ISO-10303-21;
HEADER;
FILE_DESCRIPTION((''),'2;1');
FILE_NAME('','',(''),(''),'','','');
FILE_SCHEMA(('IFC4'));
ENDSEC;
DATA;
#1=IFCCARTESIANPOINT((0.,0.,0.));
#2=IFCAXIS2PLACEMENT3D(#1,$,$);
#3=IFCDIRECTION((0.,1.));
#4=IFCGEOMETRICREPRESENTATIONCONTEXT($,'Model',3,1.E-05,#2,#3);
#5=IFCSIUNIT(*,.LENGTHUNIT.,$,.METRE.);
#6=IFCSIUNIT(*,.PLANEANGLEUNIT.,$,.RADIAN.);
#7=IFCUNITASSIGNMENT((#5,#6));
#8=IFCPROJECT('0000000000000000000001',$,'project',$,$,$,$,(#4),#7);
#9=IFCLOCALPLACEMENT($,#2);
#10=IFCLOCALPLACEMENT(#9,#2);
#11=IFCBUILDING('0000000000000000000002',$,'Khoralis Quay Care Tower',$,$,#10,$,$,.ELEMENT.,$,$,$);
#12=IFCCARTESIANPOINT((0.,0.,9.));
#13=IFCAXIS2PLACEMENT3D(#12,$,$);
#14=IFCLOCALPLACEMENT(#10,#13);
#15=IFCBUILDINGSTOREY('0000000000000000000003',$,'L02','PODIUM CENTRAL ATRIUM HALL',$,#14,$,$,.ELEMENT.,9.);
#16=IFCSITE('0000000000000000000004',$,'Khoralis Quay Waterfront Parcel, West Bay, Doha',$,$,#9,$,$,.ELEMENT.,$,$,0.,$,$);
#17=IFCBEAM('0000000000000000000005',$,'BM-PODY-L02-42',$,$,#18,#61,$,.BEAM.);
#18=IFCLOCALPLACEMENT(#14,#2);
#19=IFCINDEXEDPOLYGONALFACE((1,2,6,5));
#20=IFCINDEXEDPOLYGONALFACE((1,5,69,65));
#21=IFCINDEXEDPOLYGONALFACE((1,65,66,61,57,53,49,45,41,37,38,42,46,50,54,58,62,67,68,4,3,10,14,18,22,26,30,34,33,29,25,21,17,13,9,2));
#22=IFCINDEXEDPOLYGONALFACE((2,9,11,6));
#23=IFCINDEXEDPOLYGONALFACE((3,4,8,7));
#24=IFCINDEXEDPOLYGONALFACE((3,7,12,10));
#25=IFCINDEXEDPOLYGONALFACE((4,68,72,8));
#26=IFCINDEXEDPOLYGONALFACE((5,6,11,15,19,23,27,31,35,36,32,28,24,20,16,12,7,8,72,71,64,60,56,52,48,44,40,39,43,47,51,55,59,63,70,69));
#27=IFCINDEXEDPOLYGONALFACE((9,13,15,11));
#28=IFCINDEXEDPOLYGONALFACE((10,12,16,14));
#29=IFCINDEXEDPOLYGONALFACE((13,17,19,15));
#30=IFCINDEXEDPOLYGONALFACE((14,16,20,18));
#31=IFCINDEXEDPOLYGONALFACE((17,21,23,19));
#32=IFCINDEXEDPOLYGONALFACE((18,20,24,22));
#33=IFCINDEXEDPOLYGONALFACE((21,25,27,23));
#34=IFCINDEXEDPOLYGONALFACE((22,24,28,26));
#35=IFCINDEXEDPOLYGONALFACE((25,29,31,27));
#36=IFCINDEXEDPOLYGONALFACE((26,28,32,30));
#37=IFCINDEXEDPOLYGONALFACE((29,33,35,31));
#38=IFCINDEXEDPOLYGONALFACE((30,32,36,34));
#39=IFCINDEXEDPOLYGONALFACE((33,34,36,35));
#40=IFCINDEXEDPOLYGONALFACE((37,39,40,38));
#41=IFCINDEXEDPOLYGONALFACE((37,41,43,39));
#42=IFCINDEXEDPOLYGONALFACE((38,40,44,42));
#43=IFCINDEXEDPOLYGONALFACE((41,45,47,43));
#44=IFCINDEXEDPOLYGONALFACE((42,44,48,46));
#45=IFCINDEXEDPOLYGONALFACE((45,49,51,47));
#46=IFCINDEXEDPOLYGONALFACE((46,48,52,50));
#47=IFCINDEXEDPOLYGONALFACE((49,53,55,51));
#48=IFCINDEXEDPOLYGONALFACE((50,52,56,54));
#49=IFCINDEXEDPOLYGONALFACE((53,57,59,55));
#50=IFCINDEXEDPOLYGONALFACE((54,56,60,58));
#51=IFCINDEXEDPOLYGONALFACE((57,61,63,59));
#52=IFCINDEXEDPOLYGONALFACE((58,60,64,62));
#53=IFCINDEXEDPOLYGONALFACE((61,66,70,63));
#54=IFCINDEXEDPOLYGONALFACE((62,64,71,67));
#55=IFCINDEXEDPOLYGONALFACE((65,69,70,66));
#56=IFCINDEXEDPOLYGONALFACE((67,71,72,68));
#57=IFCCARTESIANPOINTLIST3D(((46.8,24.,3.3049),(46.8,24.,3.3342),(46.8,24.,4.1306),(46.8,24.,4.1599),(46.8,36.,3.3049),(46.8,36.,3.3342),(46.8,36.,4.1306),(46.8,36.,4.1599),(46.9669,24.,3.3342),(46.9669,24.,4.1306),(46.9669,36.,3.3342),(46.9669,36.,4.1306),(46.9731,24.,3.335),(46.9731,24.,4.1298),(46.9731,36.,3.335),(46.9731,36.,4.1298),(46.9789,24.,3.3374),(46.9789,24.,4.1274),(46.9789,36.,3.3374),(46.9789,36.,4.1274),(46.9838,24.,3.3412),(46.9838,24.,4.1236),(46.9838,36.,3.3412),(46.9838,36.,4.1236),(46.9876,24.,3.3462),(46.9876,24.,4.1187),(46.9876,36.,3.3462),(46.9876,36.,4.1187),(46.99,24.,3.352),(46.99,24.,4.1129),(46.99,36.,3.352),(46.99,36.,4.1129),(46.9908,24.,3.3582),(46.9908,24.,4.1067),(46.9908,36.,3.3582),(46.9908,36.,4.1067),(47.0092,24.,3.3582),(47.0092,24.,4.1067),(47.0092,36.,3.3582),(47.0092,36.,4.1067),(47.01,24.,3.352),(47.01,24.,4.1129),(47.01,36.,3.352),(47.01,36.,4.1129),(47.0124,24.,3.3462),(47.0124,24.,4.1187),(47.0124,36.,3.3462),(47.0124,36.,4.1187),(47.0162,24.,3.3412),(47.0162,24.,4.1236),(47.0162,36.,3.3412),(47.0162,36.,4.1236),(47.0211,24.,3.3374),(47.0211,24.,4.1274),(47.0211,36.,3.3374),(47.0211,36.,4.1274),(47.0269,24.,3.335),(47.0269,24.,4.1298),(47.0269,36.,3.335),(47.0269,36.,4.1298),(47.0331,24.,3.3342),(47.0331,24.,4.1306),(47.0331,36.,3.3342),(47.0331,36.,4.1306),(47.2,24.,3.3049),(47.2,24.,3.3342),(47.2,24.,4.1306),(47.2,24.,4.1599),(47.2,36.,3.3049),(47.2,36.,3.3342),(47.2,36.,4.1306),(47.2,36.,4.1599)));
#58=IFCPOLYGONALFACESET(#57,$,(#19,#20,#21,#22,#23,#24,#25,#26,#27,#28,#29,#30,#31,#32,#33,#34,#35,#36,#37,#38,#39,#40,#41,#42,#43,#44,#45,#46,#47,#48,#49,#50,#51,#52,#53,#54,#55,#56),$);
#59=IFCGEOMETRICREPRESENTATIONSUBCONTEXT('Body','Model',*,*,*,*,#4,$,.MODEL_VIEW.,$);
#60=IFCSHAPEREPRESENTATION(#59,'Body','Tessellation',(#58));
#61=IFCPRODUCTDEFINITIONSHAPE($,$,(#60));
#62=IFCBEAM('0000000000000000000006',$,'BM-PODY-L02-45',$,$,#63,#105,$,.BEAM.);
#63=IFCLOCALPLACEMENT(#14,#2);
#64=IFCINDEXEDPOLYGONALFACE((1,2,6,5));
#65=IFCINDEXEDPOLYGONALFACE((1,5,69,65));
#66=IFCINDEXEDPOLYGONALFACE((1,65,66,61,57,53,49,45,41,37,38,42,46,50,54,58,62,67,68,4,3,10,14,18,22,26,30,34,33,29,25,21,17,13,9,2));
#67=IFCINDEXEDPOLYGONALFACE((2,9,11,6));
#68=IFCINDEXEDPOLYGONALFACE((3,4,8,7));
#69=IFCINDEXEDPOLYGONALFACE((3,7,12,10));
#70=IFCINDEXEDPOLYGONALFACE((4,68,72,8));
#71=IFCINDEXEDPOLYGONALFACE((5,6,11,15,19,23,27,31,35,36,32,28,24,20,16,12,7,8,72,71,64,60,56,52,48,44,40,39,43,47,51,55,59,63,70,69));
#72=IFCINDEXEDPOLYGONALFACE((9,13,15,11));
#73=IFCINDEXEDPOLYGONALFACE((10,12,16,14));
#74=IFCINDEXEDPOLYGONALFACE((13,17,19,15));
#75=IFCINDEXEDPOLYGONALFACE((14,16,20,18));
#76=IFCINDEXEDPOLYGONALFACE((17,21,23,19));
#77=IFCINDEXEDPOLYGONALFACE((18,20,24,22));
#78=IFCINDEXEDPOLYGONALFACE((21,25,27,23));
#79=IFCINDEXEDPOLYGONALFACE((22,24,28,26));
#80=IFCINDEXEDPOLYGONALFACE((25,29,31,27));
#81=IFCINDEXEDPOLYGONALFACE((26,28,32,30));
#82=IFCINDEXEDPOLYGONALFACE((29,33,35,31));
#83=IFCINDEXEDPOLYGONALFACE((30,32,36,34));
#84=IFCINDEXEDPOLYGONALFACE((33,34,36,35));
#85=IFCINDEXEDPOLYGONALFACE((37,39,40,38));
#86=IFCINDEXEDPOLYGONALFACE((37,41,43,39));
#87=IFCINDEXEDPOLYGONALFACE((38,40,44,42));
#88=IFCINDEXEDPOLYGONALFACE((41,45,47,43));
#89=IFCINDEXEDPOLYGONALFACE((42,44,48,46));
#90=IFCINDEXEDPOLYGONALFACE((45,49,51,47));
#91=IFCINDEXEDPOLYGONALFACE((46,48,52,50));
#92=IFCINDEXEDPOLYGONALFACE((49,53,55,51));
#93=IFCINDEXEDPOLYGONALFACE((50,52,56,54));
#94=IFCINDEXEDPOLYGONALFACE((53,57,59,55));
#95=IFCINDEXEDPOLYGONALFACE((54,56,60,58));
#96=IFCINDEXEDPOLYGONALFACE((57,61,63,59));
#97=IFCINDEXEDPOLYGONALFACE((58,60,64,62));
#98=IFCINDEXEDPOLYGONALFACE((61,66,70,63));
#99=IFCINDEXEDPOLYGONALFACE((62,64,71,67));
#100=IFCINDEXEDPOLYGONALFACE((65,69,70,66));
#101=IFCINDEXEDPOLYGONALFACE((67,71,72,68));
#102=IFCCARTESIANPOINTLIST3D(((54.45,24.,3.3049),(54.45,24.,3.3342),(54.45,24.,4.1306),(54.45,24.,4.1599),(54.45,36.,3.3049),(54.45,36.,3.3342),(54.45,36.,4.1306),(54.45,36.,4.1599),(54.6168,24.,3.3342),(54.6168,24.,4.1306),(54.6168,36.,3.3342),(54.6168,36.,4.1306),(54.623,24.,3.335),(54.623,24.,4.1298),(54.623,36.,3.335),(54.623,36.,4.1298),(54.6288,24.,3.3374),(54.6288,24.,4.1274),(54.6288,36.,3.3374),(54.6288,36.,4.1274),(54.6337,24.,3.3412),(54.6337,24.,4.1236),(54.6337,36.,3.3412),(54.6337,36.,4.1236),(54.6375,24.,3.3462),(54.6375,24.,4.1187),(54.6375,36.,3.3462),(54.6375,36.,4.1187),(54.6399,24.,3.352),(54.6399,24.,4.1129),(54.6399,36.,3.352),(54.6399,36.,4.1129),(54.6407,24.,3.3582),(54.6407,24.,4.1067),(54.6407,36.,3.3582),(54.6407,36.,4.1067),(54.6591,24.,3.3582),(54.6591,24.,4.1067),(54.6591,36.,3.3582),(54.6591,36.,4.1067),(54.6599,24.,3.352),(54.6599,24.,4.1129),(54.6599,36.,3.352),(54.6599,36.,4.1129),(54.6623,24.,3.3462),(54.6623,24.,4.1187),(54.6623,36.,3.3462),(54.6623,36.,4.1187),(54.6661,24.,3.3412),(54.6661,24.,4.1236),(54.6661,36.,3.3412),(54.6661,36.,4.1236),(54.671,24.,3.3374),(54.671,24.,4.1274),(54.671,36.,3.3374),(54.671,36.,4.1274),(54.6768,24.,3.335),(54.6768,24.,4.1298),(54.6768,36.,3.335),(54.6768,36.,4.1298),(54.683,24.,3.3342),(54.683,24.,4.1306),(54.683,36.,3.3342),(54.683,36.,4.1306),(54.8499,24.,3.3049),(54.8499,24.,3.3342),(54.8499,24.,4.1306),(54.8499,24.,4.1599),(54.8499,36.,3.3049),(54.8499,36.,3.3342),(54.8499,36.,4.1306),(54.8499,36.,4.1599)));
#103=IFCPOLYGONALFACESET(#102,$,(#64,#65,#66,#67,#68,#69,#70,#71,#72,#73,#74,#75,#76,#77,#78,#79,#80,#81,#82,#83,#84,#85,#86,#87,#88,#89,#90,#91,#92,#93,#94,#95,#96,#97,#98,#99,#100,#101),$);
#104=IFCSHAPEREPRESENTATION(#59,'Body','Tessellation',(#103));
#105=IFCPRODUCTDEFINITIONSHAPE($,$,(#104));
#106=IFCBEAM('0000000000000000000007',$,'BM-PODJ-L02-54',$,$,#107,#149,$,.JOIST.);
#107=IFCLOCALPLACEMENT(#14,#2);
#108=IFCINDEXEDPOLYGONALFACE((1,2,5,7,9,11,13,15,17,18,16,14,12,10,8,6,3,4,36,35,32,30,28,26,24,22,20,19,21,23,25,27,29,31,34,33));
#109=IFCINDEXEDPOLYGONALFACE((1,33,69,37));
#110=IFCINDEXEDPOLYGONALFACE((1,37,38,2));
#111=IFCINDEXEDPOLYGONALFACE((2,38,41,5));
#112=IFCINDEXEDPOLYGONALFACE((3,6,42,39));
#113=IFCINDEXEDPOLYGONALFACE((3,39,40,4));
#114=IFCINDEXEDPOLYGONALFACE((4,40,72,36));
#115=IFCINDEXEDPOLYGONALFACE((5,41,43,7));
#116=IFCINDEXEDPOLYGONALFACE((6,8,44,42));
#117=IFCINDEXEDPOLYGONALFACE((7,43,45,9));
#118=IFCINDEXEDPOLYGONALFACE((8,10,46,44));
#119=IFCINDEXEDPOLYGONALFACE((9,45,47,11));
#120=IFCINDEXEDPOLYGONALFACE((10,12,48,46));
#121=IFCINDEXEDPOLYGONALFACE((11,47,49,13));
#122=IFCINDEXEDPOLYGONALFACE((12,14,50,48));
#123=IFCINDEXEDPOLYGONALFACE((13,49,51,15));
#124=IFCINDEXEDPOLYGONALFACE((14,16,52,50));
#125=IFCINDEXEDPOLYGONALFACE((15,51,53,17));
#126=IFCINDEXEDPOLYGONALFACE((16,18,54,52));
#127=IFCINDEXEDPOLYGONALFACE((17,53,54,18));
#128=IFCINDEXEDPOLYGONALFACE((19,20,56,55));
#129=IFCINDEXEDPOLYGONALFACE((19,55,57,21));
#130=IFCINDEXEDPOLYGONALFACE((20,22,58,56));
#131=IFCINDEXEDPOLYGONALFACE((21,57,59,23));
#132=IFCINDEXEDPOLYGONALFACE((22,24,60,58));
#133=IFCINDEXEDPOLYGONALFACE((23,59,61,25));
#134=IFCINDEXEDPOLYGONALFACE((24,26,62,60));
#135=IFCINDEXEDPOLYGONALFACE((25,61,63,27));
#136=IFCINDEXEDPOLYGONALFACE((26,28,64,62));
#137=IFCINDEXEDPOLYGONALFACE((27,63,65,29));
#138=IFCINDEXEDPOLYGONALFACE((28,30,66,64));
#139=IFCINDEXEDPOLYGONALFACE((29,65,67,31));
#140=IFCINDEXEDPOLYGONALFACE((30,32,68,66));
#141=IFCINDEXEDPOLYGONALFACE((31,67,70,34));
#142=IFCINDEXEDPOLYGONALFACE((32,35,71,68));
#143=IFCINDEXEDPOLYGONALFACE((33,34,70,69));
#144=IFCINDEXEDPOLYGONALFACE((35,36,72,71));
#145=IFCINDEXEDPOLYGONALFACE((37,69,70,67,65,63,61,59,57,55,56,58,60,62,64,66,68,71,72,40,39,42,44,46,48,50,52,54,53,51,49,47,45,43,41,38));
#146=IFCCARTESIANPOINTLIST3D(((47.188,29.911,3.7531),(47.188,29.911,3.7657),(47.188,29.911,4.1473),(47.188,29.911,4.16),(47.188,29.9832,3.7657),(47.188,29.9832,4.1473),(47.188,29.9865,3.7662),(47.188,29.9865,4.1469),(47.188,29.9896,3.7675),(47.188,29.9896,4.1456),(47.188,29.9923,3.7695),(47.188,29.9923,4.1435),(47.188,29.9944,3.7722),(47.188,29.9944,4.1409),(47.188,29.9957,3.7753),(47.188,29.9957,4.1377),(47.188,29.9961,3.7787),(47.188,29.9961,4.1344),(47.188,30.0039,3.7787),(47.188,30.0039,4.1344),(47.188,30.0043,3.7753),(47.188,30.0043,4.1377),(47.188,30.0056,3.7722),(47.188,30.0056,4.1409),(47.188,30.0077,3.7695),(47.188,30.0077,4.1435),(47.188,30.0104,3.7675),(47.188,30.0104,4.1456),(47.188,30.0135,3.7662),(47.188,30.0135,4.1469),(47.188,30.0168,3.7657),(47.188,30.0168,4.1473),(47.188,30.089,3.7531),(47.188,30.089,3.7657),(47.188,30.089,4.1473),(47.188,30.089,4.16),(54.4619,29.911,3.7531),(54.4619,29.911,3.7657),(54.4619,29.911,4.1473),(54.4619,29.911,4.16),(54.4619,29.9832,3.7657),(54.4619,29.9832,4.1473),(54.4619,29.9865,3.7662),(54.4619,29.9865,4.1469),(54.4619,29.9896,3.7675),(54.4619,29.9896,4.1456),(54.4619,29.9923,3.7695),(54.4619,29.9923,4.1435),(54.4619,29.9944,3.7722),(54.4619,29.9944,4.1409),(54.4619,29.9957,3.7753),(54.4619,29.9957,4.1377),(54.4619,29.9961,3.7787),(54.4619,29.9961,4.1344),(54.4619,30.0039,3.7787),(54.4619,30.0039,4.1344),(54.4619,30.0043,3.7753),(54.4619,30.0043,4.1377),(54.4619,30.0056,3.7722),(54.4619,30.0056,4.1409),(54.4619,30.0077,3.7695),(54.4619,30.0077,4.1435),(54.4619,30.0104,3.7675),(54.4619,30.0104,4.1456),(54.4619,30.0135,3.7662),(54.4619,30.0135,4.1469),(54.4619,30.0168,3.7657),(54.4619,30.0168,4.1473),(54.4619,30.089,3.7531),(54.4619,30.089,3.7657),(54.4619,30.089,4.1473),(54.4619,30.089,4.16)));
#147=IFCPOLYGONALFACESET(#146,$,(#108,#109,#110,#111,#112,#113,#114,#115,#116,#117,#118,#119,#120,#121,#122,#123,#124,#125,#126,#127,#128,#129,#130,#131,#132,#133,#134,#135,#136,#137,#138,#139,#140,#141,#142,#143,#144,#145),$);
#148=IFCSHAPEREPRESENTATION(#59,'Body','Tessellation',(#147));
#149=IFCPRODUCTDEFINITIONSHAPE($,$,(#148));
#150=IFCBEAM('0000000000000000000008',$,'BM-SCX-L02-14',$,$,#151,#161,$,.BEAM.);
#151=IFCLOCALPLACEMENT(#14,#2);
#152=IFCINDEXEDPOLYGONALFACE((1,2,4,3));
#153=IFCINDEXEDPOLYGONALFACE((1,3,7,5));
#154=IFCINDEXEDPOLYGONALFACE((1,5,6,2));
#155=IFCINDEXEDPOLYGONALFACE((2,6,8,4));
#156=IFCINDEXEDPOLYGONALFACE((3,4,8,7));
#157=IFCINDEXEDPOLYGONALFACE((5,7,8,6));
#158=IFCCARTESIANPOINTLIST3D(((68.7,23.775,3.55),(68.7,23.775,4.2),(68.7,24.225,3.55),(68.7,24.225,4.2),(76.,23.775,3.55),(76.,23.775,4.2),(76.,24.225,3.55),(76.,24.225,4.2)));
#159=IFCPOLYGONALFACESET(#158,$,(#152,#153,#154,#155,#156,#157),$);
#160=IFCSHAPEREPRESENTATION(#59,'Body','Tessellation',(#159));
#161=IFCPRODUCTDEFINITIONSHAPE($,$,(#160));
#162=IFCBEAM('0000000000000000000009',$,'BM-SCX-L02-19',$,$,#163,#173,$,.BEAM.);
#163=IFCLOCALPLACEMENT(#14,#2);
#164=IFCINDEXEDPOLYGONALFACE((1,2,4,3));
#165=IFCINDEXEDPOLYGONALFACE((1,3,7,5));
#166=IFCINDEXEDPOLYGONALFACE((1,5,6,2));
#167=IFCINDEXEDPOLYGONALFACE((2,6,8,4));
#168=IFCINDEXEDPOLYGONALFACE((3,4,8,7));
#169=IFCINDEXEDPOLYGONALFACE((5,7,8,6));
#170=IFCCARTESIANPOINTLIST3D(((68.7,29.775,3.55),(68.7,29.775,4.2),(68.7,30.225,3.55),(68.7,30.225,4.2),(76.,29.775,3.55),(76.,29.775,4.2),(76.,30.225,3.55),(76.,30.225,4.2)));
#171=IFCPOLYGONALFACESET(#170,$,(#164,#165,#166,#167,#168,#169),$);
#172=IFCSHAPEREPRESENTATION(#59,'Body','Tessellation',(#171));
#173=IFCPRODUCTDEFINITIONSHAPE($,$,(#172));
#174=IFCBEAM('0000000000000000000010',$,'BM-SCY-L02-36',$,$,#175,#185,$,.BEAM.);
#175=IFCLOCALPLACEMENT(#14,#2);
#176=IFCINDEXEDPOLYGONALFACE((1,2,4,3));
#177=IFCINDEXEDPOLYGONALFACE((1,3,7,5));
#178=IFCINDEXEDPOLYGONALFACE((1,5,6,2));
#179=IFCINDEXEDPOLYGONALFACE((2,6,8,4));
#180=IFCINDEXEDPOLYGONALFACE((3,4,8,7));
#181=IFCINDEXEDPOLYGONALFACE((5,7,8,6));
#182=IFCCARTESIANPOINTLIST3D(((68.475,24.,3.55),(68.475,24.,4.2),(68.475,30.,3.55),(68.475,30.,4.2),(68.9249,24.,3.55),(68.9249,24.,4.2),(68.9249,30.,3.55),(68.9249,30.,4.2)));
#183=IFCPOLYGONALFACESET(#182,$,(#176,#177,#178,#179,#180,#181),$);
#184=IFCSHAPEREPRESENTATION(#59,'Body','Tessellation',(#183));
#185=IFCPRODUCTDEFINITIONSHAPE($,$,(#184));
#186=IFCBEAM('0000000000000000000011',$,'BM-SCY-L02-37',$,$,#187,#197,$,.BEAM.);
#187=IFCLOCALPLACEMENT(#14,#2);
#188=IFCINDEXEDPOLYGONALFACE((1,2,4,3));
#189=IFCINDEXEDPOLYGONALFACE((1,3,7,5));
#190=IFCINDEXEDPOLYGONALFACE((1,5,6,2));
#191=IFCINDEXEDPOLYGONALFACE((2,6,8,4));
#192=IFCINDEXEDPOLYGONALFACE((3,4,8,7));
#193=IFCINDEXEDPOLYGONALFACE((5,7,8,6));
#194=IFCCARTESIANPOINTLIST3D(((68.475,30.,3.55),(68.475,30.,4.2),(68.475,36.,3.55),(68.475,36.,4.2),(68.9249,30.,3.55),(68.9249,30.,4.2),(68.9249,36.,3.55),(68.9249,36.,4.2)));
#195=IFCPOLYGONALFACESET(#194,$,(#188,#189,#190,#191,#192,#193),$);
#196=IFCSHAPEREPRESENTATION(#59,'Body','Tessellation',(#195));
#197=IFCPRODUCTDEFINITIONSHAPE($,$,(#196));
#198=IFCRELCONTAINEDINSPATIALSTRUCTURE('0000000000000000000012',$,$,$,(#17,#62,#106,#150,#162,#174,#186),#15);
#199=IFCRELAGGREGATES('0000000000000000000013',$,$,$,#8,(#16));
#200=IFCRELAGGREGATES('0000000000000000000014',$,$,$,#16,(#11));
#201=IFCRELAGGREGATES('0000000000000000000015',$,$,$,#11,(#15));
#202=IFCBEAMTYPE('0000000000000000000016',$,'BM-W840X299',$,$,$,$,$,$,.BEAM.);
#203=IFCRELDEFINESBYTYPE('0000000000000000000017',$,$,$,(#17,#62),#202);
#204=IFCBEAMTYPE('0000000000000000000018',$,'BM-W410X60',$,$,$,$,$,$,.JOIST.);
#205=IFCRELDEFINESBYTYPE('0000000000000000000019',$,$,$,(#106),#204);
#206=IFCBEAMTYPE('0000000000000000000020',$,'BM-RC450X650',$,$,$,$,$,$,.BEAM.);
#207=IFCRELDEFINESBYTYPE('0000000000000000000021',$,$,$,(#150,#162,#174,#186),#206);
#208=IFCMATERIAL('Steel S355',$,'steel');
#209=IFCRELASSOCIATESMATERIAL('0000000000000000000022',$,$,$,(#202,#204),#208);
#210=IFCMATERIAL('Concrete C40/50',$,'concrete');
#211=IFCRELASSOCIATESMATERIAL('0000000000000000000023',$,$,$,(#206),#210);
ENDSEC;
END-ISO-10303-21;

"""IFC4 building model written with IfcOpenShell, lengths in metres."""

from ifc_helpers import new_model, si_unit, direction, frame, origin, origin_2d, place, context, subcontext, project, spatial, rectangle, i_section, extrude, source, transform, mapped, material, material_profile, profile_set, type_object, element, save


model = new_model("IFC4")

# Units and contexts
model_context = context("Model", 3, precision=1e-05, world=origin(), true_north=direction((0.0, 1.0)))
body_context = subcontext(model_context, "Body", "Model", "MODEL_VIEW")
ifc_project = project(units=[si_unit("LENGTHUNIT", "METRE"), si_unit("PLANEANGLEUNIT", "RADIAN")], contexts=[model_context])

# Site, building, storey
site_placement = place(None, origin())
site = spatial("IfcSite", under=ifc_project, at=site_placement, Name="Khoralis Quay Waterfront Parcel, West Bay, Doha", CompositionType="ELEMENT", RefElevation=0.0)
building_placement = place(site_placement, origin())
building = spatial("IfcBuilding", under=site, at=building_placement, Name="Khoralis Quay Care Tower", CompositionType="ELEMENT")
storey_placement = place(building_placement, frame((0.0, 0.0, 9.0)))
storey = spatial("IfcBuildingStorey", under=building, at=storey_placement, Name="L02", Description="PODIUM CENTRAL ATRIUM HALL", CompositionType="ELEMENT", Elevation=9.0)

# Shared definitions
ifc_material_1 = material(Name="Concrete C40/50", Category="concrete")

# Beams
ifc_material_2 = material(Name="Steel S355", Category="steel")
ifc_material_profile_1 = material_profile(ifc_material_2, i_section(OverallWidth=0.3999, OverallDepth=0.855, WebThickness=0.0183, FlangeThickness=0.0293, FilletRadius=0.0239, at=origin_2d()), Name="Steel S355")
ifc_profile_set_1 = profile_set([ifc_material_profile_1], Name="Steel S355")
beam_type_1 = type_object("IfcBeamType", Name="BM-W840X299", PredefinedType="BEAM", material=ifc_profile_set_1)
shared_shape_1 = source(origin(), body_context, "Body", "SweptSolid", [
    extrude(i_section(OverallWidth=0.3999, OverallDepth=0.855, WebThickness=0.0183, FlangeThickness=0.0293, FilletRadius=0.0239, at=origin_2d()), origin(), (0.0, 0.0, 1.0), 12.0),
])
for number, where, z_axis, x_axis, name in (
    (1, (47.0, 24.0, 3.7324), (0.0, 1.0, 0.0), (-1.0, 0.0, 0.0), "BM-PODY-L02-42"),
    (2, (54.6499, 24.0, 3.7324), (0.0, 1.0, 0.0), (-1.0, 0.0, 0.0), "BM-PODY-L02-45"),
):
    element("IfcBeam", number, at=place(storey_placement, frame(where, z_axis=z_axis, x_axis=x_axis)), inside=storey, type_object=beam_type_1, Name=name, PredefinedType="BEAM", context=body_context, shape_type="MappedRepresentation", body=[
        mapped(shared_shape_1, transform((0.0, 0.0, 0.0), scale=1.0)),
    ])
ifc_material_profile_2 = material_profile(ifc_material_2, i_section(OverallWidth=0.178, OverallDepth=0.407, WebThickness=0.0078, FlangeThickness=0.0127, FilletRadius=0.0129, at=origin_2d()), Name="Steel S355")
ifc_profile_set_2 = profile_set([ifc_material_profile_2], Name="Steel S355")
beam_type_2 = type_object("IfcBeamType", Name="BM-W410X60", PredefinedType="JOIST", material=ifc_profile_set_2)
shared_shape_2 = source(origin(), body_context, "Body", "SweptSolid", [
    extrude(i_section(OverallWidth=0.178, OverallDepth=0.407, WebThickness=0.0078, FlangeThickness=0.0127, FilletRadius=0.0129, at=origin_2d()), origin(), (0.0, 0.0, 1.0), 7.2739),
])
beam_placement = place(storey_placement, frame((47.188, 30.0, 3.9565), z_axis=(1.0, 0.0, 0.0), x_axis=(0.0, 1.0, 0.0)))
element("IfcBeam", 3, at=beam_placement, inside=storey, type_object=beam_type_2, Name="BM-PODJ-L02-54", PredefinedType="JOIST", context=body_context, shape_type="MappedRepresentation", body=[
    mapped(shared_shape_2, transform((0.0, 0.0, 0.0), scale=1.0)),
])
ifc_material_profile_3 = material_profile(ifc_material_1, rectangle(XDim=0.45, YDim=0.6499, at=origin_2d()), Name="Concrete C40/50")
ifc_profile_set_3 = profile_set([ifc_material_profile_3], Name="Concrete C40/50")
beam_type_3 = type_object("IfcBeamType", Name="BM-RC450X650", PredefinedType="BEAM", material=ifc_profile_set_3)
shared_shape_3 = source(origin(), body_context, "Body", "SweptSolid", [
    extrude(rectangle(XDim=0.45, YDim=0.6499, at=origin_2d()), origin(), (0.0, 0.0, 1.0), 7.3),
])
for number, where, z_axis, x_axis, name in (
    (4, (68.7, 24.0, 3.875), (1.0, 0.0, 0.0), (0.0, 1.0, 0.0), "BM-SCX-L02-14"),
    (5, (68.7, 30.0, 3.875), (1.0, 0.0, 0.0), (0.0, 1.0, 0.0), "BM-SCX-L02-19"),
):
    element("IfcBeam", number, at=place(storey_placement, frame(where, z_axis=z_axis, x_axis=x_axis)), inside=storey, type_object=beam_type_3, Name=name, PredefinedType="BEAM", context=body_context, shape_type="MappedRepresentation", body=[
        mapped(shared_shape_3, transform((0.0, 0.0, 0.0), scale=1.0)),
    ])
shared_shape_4 = source(origin(), body_context, "Body", "SweptSolid", [
    extrude(rectangle(XDim=0.45, YDim=0.6499, at=origin_2d()), origin(), (0.0, 0.0, 1.0), 6.0),
])
for number, where, z_axis, x_axis, name in (
    (6, (68.7, 24.0, 3.875), (0.0, 1.0, 0.0), (-1.0, 0.0, 0.0), "BM-SCY-L02-36"),
    (7, (68.7, 30.0, 3.875), (0.0, 1.0, 0.0), (-1.0, 0.0, 0.0), "BM-SCY-L02-37"),
):
    element("IfcBeam", number, at=place(storey_placement, frame(where, z_axis=z_axis, x_axis=x_axis)), inside=storey, type_object=beam_type_3, Name=name, PredefinedType="BEAM", context=body_context, shape_type="MappedRepresentation", body=[
        mapped(shared_shape_4, transform((0.0, 0.0, 0.0), scale=1.0)),
    ])

save(model, "model.ifc")
